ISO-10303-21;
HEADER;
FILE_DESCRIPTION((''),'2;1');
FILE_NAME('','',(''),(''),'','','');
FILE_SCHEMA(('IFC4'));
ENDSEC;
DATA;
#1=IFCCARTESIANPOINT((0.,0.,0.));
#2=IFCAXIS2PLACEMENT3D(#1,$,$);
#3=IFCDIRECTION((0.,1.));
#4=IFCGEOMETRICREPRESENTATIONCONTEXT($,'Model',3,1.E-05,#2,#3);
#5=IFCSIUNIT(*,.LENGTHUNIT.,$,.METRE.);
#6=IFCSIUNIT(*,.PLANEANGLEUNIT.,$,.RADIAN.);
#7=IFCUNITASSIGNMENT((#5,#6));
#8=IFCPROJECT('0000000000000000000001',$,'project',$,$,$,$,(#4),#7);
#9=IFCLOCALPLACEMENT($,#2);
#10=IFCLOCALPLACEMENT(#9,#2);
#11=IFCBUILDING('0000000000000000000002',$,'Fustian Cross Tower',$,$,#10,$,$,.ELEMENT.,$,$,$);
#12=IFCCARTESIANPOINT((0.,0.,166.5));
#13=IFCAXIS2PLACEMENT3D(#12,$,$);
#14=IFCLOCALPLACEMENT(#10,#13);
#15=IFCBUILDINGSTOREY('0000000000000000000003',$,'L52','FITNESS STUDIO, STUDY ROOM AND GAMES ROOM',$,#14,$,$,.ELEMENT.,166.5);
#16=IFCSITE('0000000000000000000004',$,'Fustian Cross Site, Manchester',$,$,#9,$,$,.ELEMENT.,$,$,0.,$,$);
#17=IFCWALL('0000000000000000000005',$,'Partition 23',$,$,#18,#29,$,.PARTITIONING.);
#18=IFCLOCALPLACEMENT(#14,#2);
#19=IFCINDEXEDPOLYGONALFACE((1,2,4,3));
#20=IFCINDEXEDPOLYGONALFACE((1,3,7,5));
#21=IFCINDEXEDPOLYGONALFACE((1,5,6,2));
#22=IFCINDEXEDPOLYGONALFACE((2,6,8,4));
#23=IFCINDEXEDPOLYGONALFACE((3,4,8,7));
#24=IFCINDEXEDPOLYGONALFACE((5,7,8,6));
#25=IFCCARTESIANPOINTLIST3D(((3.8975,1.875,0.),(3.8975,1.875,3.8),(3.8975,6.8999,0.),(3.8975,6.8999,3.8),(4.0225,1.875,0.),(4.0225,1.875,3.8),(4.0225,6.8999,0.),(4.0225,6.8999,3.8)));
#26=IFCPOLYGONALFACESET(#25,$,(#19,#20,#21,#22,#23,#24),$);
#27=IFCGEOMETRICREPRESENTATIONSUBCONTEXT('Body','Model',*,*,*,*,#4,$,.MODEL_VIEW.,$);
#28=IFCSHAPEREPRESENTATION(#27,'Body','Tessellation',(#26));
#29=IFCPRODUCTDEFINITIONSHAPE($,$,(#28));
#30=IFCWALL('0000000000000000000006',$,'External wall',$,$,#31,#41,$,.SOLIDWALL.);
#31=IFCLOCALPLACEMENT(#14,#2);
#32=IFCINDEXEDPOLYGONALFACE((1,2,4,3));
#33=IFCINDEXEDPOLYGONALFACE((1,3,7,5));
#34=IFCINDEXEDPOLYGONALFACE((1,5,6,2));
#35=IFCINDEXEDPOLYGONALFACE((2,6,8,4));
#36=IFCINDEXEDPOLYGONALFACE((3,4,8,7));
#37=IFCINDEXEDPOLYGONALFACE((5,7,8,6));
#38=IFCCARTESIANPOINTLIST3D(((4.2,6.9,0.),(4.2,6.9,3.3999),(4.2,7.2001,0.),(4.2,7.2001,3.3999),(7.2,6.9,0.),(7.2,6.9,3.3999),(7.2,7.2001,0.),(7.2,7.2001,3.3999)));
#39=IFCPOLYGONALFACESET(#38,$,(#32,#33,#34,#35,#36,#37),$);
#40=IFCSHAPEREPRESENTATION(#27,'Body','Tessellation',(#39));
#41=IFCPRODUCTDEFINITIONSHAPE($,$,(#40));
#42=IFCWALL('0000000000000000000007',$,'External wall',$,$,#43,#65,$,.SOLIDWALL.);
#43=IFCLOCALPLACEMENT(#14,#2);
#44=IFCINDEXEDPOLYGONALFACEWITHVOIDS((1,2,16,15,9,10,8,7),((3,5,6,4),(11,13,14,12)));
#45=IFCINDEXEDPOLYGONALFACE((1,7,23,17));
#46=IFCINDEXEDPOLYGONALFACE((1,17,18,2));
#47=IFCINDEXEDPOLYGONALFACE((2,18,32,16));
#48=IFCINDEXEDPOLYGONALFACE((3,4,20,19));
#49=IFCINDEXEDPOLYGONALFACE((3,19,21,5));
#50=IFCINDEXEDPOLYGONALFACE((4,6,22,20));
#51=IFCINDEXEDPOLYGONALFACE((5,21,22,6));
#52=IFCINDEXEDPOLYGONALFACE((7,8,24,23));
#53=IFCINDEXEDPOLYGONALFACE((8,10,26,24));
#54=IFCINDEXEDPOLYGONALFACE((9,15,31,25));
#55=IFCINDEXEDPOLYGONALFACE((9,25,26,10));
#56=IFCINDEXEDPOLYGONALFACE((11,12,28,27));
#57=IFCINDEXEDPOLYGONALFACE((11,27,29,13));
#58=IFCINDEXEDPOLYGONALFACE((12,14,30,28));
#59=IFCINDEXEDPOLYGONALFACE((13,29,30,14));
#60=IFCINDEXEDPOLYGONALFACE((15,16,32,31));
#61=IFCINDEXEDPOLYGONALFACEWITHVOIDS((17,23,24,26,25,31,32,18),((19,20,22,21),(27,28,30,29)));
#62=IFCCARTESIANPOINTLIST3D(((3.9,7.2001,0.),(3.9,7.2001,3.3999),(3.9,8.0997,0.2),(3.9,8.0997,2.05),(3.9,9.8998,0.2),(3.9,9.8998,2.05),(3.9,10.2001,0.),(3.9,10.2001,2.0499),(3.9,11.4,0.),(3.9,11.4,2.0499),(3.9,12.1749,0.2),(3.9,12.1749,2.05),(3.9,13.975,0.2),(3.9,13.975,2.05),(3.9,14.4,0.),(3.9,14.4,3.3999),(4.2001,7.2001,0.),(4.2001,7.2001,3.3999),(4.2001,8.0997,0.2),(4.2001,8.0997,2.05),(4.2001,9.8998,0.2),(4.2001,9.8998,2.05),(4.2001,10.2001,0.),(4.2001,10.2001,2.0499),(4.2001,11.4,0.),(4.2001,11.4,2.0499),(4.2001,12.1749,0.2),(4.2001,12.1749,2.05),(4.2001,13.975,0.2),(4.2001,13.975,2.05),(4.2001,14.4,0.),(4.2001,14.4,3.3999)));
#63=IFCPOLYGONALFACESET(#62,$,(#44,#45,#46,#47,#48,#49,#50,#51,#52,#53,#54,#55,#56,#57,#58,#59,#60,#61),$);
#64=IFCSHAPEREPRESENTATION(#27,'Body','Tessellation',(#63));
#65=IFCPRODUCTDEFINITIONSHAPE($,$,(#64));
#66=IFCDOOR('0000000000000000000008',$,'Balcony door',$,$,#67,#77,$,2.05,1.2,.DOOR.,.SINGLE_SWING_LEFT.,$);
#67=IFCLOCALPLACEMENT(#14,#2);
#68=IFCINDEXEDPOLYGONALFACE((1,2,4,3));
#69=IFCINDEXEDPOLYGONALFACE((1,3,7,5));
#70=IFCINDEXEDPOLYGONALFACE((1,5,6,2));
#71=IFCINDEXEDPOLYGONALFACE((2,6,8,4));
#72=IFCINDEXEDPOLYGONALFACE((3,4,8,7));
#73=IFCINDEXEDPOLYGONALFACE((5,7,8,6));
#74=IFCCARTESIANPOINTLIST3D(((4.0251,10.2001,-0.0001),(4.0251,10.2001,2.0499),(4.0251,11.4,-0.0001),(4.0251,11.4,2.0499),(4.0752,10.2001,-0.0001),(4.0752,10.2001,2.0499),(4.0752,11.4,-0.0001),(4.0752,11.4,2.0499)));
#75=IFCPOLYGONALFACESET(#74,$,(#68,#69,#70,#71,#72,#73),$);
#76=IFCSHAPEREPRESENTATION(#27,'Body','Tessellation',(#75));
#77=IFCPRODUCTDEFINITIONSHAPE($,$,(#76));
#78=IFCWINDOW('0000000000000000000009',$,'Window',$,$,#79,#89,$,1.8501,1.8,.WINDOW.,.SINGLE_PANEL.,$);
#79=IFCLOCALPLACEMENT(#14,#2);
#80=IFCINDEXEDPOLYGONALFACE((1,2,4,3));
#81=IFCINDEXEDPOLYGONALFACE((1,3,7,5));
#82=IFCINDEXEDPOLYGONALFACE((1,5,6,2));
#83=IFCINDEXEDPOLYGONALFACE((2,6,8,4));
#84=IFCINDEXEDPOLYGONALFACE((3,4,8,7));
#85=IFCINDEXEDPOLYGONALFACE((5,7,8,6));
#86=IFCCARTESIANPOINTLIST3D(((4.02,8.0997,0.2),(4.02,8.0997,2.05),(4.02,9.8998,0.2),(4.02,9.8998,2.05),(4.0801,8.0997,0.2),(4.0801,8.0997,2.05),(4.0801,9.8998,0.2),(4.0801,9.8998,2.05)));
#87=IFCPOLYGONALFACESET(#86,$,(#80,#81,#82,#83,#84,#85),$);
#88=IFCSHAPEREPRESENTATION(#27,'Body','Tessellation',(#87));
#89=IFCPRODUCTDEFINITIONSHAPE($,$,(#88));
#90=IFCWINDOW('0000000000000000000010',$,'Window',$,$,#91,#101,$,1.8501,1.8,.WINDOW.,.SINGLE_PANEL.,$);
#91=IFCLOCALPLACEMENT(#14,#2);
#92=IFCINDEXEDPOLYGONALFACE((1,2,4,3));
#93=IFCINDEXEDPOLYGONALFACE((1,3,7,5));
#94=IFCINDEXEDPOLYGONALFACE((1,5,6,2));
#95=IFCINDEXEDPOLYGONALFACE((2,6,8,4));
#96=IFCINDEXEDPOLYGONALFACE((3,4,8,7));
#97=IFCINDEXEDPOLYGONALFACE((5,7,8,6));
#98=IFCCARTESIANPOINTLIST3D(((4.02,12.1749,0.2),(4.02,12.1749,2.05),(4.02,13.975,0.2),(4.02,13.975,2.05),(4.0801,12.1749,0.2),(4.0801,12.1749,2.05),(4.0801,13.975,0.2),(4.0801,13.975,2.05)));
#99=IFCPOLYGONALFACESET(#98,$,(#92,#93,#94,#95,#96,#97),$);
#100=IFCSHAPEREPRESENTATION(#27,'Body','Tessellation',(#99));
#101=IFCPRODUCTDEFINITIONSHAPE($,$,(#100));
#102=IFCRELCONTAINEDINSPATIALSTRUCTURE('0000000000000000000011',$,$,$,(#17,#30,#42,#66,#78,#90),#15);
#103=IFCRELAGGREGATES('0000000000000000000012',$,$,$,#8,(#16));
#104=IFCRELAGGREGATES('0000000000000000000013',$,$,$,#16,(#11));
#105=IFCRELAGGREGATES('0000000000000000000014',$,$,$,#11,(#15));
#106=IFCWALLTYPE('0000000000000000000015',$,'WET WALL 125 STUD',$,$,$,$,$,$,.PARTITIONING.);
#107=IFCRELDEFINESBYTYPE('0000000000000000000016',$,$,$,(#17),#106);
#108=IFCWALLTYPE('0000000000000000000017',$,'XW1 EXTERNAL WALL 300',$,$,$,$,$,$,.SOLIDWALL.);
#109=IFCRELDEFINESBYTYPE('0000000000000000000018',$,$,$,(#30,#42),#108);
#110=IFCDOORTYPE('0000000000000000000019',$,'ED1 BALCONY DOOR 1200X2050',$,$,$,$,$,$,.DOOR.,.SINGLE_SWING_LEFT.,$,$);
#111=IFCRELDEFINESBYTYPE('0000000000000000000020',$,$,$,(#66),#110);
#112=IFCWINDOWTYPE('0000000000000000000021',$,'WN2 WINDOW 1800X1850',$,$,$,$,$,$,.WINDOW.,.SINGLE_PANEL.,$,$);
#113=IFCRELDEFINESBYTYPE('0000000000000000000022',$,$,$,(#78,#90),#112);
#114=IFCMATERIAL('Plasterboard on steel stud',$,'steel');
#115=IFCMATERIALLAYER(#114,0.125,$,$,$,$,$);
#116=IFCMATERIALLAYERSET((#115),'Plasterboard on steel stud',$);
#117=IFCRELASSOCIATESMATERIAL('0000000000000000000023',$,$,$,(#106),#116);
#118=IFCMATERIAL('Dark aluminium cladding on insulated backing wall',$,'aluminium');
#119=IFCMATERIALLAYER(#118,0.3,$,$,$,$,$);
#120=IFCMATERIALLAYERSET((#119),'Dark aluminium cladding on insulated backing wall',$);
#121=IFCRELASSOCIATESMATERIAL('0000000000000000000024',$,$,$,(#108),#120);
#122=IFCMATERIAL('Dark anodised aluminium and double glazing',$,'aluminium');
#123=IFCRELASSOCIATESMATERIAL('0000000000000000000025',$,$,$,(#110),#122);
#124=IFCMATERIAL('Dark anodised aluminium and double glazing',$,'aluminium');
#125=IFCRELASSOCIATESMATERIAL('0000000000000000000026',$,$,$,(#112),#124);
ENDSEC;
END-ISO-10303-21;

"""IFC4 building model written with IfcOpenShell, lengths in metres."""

from ifc_helpers import new_model, si_unit, direction, frame, frame_2d, origin, place, context, subcontext, project, spatial, rectangle, extrude, material, layer, layer_set, type_object, element, fill, save


model = new_model("IFC4")

# Units and contexts
model_context = context("Model", 3, precision=1e-05, world=origin(), true_north=direction((0.0, 1.0)))
body_context = subcontext(model_context, "Body", "Model", "MODEL_VIEW")
ifc_project = project(units=[si_unit("LENGTHUNIT", "METRE"), si_unit("PLANEANGLEUNIT", "RADIAN")], contexts=[model_context])

# Site, building, storey
site_placement = place(None, origin())
site = spatial("IfcSite", under=ifc_project, at=site_placement, Name="Fustian Cross Site, Manchester", CompositionType="ELEMENT", RefElevation=0.0)
building_placement = place(site_placement, origin())
building = spatial("IfcBuilding", under=site, at=building_placement, Name="Fustian Cross Tower", CompositionType="ELEMENT")
storey_placement = place(building_placement, frame((0.0, 0.0, 166.5)))
storey = spatial("IfcBuildingStorey", under=building, at=storey_placement, Name="L52", Description="FITNESS STUDIO, STUDY ROOM AND GAMES ROOM", CompositionType="ELEMENT", Elevation=166.5)

# Walls
ifc_material_1 = material(Name="Plasterboard on steel stud", Category="steel")
ifc_layer_1 = layer(ifc_material_1, 0.125)
ifc_layer_set_1 = layer_set([ifc_layer_1], Name="Plasterboard on steel stud")
wall_type_1 = type_object("IfcWallType", Name="WET WALL 125 STUD", PredefinedType="PARTITIONING", material=ifc_layer_set_1)
wall_1_placement = place(storey_placement, frame((3.96, 1.875, 0.0), z_axis=(0.0, 0.0, 1.0), x_axis=(0.0, 1.0, 0.0)))
element("IfcWall", 1, at=wall_1_placement, inside=storey, type_object=wall_type_1, Name="Partition 23", PredefinedType="PARTITIONING", context=body_context, shape_type="SweptSolid", body=[
    extrude(rectangle(XDim=5.0249, YDim=0.125, at=frame_2d((2.5125, 0.0))), origin(), (0.0, 0.0, 1.0), 3.8),
])
ifc_material_2 = material(Name="Dark aluminium cladding on insulated backing wall", Category="aluminium")
ifc_layer_2 = layer(ifc_material_2, 0.3)
ifc_layer_set_2 = layer_set([ifc_layer_2], Name="Dark aluminium cladding on insulated backing wall")
wall_type_2 = type_object("IfcWallType", Name="XW1 EXTERNAL WALL 300", PredefinedType="SOLIDWALL", material=ifc_layer_set_2)
wall_2_placement = place(storey_placement, frame((7.2, 7.05, 0.0), z_axis=(0.0, 0.0, 1.0), x_axis=(-1.0, 0.0, 0.0)))
element("IfcWall", 2, at=wall_2_placement, inside=storey, type_object=wall_type_2, Name="External wall", PredefinedType="SOLIDWALL", context=body_context, shape_type="SweptSolid", body=[
    extrude(rectangle(XDim=3.0, YDim=0.3, at=frame_2d((1.5, 0.0))), origin(), (0.0, 0.0, 1.0), 3.3999),
])

# Wall, openings, door, windows
wall_3_placement = place(storey_placement, frame((4.05, 7.2, 0.0), z_axis=(0.0, 0.0, 1.0), x_axis=(0.0, 1.0, 0.0)))
wall_3 = element("IfcWall", 3, at=wall_3_placement, inside=storey, type_object=wall_type_2, Name="External wall", PredefinedType="SOLIDWALL", context=body_context, shape_type="SweptSolid", body=[
    extrude(rectangle(XDim=7.2, YDim=0.3, at=frame_2d((3.6001, 0.0))), origin(), (0.0, 0.0, 1.0), 3.3999),
])
opening_1_placement = place(wall_3_placement, frame((3.0, 0.0, 0.0)))
opening_1 = element("IfcOpeningElement", 4, at=opening_1_placement, cuts=wall_3, PredefinedType="OPENING", context=body_context, shape_type="SweptSolid", body=[
    extrude(rectangle(XDim=1.2, YDim=2.05, at=frame_2d((0.6001, 1.0249))), frame((0.0, 0.1599, 0.0), z_axis=(0.0, -1.0, 0.0), x_axis=(1.0, 0.0, 0.0)), (0.0, 0.0, 1.0), 0.3201),
])
opening_2_placement = place(wall_3_placement, frame((0.8999, 0.0, 0.2)))
opening_2 = element("IfcOpeningElement", 5, at=opening_2_placement, cuts=wall_3, PredefinedType="OPENING", context=body_context, shape_type="SweptSolid", body=[
    extrude(rectangle(XDim=1.8, YDim=1.8501, at=frame_2d((0.8999, 0.925))), frame((0.0, 0.1599, 0.0), z_axis=(0.0, -1.0, 0.0), x_axis=(1.0, 0.0, 0.0)), (0.0, 0.0, 1.0), 0.3201),
])
opening_3_placement = place(wall_3_placement, frame((4.9751, 0.0, 0.2)))
opening_3 = element("IfcOpeningElement", 6, at=opening_3_placement, cuts=wall_3, PredefinedType="OPENING", context=body_context, shape_type="SweptSolid", body=[
    extrude(rectangle(XDim=1.8, YDim=1.8501, at=frame_2d((0.8999, 0.925))), frame((0.0, 0.1599, 0.0), z_axis=(0.0, -1.0, 0.0), x_axis=(1.0, 0.0, 0.0)), (0.0, 0.0, 1.0), 0.3201),
])
ifc_material_3 = material(Name="Dark anodised aluminium and double glazing", Category="aluminium")
door_type_1 = type_object("IfcDoorType", Name="ED1 BALCONY DOOR 1200X2050", OperationType="SINGLE_SWING_LEFT", PredefinedType="DOOR", material=ifc_material_3)
door_1_placement = place(opening_1_placement, origin())
door_1 = element("IfcDoor", 7, at=door_1_placement, inside=storey, type_object=door_type_1, Name="Balcony door", OperationType="SINGLE_SWING_LEFT", OverallHeight=2.05, OverallWidth=1.2, PredefinedType="DOOR", context=body_context, shape_type="SweptSolid", body=[
    extrude(rectangle(XDim=1.2, YDim=2.05, at=frame_2d((0.6001, 1.0249))), frame((0.0, 0.0249, 0.0), z_axis=(0.0, -1.0, 0.0), x_axis=(1.0, 0.0, 0.0)), (0.0, 0.0, 1.0), 0.05),
])
fill(opening_1, door_1)
ifc_material_4 = material(Name="Dark anodised aluminium and double glazing", Category="aluminium")
window_type = type_object("IfcWindowType", Name="WN2 WINDOW 1800X1850", PartitioningType="SINGLE_PANEL", PredefinedType="WINDOW", material=ifc_material_4)
window_1_placement = place(opening_2_placement, origin())
window_1 = element("IfcWindow", 8, at=window_1_placement, inside=storey, type_object=window_type, Name="Window", OverallHeight=1.8501, OverallWidth=1.8, PartitioningType="SINGLE_PANEL", PredefinedType="WINDOW", context=body_context, shape_type="SweptSolid", body=[
    extrude(rectangle(XDim=1.8, YDim=1.8501, at=frame_2d((0.8999, 0.925))), frame((0.0, 0.03, 0.0), z_axis=(0.0, -1.0, 0.0), x_axis=(1.0, 0.0, 0.0)), (0.0, 0.0, 1.0), 0.0601),
])
fill(opening_2, window_1)
window_2_placement = place(opening_3_placement, origin())
window_2 = element("IfcWindow", 9, at=window_2_placement, inside=storey, type_object=window_type, Name="Window", OverallHeight=1.8501, OverallWidth=1.8, PartitioningType="SINGLE_PANEL", PredefinedType="WINDOW", context=body_context, shape_type="SweptSolid", body=[
    extrude(rectangle(XDim=1.8, YDim=1.8501, at=frame_2d((0.8999, 0.925))), frame((0.0, 0.03, 0.0), z_axis=(0.0, -1.0, 0.0), x_axis=(1.0, 0.0, 0.0)), (0.0, 0.0, 1.0), 0.0601),
])
fill(opening_3, window_2)

save(model, "model.ifc")
